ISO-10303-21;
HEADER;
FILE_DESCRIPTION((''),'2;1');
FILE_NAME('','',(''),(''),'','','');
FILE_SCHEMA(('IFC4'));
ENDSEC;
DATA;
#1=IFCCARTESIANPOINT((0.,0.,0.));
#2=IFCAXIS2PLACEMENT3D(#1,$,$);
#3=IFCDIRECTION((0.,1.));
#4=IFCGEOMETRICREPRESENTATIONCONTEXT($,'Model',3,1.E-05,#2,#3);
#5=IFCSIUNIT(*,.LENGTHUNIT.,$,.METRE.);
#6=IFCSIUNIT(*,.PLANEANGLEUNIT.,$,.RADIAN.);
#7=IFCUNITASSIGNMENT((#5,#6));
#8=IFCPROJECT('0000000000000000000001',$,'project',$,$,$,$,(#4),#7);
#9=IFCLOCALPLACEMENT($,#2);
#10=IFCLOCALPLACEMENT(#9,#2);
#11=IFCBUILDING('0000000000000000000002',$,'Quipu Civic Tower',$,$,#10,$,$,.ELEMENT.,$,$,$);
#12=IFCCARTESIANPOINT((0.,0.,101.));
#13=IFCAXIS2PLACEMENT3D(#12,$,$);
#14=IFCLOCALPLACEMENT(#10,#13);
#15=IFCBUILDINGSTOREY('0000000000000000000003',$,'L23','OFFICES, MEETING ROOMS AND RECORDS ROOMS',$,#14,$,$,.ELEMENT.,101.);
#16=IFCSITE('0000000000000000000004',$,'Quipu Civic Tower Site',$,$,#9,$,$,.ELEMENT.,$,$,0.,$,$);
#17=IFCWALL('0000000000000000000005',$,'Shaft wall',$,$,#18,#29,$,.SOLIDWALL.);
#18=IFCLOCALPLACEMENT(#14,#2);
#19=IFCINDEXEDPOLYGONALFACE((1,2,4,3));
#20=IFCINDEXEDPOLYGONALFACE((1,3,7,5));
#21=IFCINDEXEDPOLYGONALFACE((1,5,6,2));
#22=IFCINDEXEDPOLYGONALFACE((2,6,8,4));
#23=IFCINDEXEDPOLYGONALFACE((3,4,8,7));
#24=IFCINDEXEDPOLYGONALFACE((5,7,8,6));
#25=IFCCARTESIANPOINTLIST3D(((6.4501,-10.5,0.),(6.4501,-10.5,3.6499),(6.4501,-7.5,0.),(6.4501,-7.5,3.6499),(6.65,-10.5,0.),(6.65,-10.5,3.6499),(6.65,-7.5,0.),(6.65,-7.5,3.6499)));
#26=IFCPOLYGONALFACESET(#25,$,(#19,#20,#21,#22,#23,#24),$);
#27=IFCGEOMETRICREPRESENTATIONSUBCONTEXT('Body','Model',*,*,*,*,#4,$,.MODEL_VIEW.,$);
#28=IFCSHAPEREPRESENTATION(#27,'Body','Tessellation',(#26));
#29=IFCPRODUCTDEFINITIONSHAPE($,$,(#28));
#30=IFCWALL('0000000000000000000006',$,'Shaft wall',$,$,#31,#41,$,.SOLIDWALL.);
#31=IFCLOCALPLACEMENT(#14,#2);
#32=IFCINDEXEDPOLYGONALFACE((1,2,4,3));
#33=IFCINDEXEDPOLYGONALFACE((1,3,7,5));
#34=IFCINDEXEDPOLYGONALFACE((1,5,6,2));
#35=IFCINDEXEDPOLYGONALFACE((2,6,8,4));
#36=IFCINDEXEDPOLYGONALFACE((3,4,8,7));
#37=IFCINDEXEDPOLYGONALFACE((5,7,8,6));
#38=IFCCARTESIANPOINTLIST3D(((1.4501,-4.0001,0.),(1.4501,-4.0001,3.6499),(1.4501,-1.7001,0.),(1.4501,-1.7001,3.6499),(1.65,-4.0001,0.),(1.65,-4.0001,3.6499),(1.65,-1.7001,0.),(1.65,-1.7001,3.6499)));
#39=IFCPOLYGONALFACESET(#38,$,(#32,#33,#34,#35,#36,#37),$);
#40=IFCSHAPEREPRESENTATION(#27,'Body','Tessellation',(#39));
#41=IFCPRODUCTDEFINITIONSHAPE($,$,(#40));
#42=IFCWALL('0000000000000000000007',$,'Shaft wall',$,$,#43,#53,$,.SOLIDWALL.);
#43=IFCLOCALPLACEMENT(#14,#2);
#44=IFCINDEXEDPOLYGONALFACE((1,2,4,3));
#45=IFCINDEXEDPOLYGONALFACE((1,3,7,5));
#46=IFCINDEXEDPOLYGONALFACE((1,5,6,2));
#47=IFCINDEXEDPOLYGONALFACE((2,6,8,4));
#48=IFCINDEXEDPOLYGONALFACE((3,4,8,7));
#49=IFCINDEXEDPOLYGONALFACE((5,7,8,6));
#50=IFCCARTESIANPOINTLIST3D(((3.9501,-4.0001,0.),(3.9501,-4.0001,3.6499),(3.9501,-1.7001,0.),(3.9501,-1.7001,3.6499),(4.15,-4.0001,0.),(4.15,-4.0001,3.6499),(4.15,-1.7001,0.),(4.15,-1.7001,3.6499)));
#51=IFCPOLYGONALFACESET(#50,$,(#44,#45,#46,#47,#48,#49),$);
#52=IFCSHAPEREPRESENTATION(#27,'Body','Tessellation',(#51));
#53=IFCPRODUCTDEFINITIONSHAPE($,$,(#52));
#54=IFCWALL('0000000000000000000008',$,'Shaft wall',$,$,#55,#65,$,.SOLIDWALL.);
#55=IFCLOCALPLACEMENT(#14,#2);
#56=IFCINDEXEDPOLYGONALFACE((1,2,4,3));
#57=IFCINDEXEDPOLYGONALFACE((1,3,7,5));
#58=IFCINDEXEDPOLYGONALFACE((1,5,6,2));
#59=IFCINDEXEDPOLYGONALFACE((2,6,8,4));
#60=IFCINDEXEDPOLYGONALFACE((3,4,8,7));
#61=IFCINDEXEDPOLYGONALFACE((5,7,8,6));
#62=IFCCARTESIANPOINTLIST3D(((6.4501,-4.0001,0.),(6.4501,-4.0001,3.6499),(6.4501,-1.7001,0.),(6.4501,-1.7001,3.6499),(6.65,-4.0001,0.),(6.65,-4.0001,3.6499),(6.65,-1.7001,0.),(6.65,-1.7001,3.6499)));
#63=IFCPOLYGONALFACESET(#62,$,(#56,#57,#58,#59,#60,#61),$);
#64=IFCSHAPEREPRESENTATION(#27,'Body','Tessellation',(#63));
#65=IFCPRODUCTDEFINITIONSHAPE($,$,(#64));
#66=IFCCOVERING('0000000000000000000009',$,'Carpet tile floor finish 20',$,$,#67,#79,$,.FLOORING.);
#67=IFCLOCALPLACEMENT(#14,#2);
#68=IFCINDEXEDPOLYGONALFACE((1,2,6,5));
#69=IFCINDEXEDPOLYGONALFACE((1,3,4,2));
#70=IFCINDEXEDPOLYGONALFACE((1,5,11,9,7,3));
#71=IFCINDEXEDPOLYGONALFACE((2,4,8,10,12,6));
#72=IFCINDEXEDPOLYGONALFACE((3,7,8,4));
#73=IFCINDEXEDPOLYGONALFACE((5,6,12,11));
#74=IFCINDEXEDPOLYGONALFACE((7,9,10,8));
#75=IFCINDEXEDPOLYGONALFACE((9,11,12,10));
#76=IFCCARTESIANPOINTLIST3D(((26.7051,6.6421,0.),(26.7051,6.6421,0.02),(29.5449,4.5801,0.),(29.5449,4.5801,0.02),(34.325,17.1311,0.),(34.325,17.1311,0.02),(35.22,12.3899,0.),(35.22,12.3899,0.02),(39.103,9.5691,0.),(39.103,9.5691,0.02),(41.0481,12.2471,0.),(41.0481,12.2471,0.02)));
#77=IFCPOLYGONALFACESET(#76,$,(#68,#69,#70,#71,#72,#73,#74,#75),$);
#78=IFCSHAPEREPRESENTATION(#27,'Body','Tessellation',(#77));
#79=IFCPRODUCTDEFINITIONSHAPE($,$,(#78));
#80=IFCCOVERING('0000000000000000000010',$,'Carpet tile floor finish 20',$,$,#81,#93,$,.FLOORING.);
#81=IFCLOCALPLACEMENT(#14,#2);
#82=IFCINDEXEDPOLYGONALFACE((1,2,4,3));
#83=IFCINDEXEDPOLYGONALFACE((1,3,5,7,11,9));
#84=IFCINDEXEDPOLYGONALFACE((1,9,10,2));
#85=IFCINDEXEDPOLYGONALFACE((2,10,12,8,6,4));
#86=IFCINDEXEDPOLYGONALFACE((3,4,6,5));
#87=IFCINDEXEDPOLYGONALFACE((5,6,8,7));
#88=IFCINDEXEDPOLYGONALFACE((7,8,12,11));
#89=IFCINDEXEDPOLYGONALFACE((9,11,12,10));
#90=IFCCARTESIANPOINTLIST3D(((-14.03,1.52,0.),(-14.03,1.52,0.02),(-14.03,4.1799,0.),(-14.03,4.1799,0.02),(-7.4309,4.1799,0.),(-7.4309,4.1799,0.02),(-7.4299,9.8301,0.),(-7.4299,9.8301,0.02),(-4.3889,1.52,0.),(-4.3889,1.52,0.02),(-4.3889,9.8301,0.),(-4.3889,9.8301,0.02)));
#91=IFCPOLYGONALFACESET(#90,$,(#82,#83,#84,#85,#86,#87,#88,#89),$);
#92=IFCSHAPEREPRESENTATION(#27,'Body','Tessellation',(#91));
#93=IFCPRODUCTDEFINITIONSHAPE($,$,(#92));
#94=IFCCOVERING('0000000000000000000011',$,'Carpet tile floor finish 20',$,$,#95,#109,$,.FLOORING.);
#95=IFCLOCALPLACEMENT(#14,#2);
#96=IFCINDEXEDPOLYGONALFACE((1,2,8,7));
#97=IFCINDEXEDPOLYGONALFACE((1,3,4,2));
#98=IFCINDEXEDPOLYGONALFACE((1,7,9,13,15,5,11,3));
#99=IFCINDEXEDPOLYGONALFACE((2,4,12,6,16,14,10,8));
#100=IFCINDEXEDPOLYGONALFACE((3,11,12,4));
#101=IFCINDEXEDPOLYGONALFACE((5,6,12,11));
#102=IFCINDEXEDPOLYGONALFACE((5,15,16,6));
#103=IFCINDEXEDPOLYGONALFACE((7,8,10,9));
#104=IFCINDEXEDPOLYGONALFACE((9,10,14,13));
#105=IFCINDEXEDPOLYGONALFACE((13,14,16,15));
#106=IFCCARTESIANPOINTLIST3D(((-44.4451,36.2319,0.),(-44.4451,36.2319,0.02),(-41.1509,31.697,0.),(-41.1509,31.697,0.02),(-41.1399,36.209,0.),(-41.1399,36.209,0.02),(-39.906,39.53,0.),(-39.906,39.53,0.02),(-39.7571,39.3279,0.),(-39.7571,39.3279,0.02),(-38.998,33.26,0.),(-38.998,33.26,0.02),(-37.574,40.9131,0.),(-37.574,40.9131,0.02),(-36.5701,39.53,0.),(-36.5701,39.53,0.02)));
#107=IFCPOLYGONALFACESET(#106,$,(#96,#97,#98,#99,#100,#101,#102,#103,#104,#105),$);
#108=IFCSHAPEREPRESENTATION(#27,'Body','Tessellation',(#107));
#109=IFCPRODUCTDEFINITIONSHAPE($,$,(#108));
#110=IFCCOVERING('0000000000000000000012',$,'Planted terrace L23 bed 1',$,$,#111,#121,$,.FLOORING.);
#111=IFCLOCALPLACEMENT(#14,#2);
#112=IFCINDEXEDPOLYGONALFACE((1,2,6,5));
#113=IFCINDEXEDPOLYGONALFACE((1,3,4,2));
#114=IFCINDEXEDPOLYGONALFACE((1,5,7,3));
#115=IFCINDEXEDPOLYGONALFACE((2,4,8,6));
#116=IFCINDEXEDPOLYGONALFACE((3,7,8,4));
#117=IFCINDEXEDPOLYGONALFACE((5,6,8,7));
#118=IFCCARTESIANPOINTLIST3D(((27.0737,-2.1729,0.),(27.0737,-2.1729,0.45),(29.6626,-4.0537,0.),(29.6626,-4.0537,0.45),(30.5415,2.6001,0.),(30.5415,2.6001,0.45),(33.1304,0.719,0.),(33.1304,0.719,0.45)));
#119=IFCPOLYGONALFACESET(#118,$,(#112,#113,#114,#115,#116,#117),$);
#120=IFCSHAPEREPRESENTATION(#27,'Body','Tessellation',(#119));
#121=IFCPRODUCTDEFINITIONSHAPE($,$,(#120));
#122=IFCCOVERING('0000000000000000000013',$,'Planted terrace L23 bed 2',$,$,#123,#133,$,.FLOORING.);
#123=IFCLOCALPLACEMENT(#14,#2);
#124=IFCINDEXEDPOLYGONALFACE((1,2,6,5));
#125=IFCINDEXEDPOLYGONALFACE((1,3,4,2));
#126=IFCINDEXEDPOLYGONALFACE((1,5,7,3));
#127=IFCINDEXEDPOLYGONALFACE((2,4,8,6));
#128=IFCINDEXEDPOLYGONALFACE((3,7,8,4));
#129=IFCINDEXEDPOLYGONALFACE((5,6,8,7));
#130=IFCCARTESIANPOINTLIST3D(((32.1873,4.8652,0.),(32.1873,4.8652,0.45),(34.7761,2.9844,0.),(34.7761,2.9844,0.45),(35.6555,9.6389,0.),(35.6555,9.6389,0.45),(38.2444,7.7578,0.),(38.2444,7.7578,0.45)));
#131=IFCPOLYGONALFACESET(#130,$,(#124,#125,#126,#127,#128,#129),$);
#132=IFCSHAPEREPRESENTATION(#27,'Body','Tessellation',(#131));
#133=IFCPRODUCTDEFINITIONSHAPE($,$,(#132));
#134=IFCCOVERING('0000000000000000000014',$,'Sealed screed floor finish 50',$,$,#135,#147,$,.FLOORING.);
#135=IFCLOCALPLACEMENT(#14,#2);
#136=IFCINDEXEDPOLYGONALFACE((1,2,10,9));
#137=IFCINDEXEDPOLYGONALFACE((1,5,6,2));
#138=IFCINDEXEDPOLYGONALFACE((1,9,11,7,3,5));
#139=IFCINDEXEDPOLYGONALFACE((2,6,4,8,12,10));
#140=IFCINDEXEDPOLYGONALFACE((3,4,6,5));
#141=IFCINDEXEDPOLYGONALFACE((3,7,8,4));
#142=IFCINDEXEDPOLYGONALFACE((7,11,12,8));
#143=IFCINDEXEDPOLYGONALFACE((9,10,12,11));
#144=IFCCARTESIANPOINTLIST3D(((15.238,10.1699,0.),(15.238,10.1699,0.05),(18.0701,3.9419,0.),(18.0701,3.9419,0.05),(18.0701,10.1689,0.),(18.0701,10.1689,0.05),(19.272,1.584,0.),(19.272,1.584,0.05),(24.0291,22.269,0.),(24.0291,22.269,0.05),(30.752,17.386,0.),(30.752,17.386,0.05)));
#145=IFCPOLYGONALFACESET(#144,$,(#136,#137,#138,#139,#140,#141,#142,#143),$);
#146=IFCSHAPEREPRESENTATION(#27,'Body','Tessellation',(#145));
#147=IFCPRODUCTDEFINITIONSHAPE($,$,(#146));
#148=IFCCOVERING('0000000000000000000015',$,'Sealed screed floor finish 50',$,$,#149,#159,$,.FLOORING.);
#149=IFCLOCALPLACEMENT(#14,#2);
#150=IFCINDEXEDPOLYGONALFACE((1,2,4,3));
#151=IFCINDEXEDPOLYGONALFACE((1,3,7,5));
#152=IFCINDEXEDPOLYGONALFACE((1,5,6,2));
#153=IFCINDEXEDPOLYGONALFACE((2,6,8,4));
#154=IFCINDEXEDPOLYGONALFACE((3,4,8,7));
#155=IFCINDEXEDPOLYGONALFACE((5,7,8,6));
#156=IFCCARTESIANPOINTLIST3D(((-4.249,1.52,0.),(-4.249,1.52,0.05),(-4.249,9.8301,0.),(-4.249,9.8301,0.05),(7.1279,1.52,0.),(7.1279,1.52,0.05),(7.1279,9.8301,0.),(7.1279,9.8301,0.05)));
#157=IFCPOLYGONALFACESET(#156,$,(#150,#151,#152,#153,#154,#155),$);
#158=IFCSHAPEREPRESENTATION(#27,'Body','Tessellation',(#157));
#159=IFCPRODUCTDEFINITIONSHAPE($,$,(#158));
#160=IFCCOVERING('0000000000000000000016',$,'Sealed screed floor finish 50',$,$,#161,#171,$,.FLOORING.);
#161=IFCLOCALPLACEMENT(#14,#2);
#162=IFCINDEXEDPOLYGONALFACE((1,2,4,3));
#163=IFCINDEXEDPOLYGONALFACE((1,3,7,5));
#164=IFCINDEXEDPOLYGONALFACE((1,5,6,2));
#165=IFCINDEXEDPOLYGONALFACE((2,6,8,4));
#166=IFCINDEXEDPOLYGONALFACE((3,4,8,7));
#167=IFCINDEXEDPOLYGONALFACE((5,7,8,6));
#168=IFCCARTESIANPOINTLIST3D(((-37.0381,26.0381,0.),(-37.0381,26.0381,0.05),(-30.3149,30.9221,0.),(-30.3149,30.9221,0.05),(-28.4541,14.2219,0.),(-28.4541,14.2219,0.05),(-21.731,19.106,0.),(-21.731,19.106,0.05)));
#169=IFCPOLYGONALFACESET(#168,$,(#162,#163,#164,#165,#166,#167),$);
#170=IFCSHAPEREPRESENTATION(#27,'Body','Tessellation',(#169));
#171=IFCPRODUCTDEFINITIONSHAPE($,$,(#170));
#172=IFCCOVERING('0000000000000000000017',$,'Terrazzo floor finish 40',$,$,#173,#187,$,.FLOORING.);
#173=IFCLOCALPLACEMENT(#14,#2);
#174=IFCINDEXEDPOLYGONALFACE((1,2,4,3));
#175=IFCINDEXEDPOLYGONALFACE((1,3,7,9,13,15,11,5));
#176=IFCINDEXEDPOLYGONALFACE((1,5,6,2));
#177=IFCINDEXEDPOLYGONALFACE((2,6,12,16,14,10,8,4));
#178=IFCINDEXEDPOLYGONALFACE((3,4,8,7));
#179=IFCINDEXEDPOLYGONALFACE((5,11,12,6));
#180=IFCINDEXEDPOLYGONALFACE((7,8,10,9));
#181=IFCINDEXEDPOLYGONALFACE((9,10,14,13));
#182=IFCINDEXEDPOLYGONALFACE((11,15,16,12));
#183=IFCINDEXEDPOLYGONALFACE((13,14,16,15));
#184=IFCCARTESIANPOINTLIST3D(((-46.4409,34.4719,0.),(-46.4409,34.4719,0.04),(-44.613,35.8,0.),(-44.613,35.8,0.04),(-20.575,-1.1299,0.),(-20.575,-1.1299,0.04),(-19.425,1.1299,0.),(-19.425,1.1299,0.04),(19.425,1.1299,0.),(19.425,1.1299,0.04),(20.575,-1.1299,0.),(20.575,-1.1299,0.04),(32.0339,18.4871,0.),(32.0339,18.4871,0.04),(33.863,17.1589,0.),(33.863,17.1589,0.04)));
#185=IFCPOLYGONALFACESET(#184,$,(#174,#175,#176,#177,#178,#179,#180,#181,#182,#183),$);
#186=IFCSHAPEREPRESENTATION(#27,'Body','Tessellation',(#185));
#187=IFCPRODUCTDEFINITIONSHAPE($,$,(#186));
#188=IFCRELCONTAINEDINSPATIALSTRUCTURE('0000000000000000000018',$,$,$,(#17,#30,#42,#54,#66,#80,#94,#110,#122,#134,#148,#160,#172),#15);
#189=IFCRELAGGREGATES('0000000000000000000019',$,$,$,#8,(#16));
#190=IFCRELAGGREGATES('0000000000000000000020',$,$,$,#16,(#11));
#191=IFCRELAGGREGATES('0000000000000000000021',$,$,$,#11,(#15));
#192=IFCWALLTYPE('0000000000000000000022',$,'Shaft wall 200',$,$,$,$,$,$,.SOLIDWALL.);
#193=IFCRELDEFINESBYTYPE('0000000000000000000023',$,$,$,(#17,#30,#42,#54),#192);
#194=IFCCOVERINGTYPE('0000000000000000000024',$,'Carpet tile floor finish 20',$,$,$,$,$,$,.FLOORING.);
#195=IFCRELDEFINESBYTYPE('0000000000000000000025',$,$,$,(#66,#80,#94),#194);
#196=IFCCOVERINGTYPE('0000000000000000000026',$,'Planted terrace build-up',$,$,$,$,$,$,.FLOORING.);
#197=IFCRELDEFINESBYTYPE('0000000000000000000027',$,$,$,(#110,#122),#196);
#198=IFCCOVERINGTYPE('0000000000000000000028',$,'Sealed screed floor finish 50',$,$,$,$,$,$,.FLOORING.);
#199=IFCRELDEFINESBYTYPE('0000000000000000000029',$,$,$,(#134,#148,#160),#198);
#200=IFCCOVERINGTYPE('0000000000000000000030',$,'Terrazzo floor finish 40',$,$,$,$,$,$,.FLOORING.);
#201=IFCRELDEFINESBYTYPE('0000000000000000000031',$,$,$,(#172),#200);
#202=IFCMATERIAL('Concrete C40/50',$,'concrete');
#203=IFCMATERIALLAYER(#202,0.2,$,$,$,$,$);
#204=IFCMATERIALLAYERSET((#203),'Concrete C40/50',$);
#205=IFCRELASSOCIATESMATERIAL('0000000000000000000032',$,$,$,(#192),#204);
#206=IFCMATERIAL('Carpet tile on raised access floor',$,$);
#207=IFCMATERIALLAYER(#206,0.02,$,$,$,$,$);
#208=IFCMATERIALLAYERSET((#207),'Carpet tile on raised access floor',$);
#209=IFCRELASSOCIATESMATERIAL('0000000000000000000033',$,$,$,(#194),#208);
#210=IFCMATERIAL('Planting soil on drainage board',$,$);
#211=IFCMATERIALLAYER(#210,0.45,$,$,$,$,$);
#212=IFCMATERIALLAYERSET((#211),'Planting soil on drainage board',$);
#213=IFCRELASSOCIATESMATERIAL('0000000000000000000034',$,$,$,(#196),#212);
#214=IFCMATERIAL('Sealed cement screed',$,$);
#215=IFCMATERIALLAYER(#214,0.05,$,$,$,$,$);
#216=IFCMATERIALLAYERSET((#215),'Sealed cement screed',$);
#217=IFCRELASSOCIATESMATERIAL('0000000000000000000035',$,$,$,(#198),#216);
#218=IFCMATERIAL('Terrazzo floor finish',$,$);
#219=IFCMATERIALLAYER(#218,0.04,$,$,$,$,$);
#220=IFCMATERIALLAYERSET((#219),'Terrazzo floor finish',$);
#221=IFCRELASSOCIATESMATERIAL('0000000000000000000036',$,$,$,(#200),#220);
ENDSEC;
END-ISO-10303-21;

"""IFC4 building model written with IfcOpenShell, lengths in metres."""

from ifc_helpers import new_model, si_unit, direction, frame, frame_2d, origin, place, context, subcontext, project, spatial, polyline, rectangle, outline, extrude, material, layer, layer_set, type_object, element, save


model = new_model("IFC4")

# Units and contexts
model_context = context("Model", 3, precision=1e-05, world=origin(), true_north=direction((0.0, 1.0)))
body_context = subcontext(model_context, "Body", "Model", "MODEL_VIEW")
ifc_project = project(units=[si_unit("LENGTHUNIT", "METRE"), si_unit("PLANEANGLEUNIT", "RADIAN")], contexts=[model_context])

# Site, building, storey
site_placement = place(None, origin())
site = spatial("IfcSite", under=ifc_project, at=site_placement, Name="Quipu Civic Tower Site", CompositionType="ELEMENT", RefElevation=0.0)
building_placement = place(site_placement, origin())
building = spatial("IfcBuilding", under=site, at=building_placement, Name="Quipu Civic Tower", CompositionType="ELEMENT")
storey_placement = place(building_placement, frame((0.0, 0.0, 101.0)))
storey = spatial("IfcBuildingStorey", under=building, at=storey_placement, Name="L23", Description="OFFICES, MEETING ROOMS AND RECORDS ROOMS", CompositionType="ELEMENT", Elevation=101.0)

# Walls
ifc_material_1 = material(Name="Concrete C40/50", Category="concrete")
ifc_layer_1 = layer(ifc_material_1, 0.2)
ifc_layer_set_1 = layer_set([ifc_layer_1], Name="Concrete C40/50")
wall_type_1 = type_object("IfcWallType", Name="Shaft wall 200", PredefinedType="SOLIDWALL", material=ifc_layer_set_1)
for number, where, z_axis, x_axis, name in (
    (1, (6.55, -10.5, 0.0), (0.0, 0.0, 1.0), (0.0, 1.0, 0.0), "Shaft wall"),
):
    element("IfcWall", number, at=place(storey_placement, frame(where, z_axis=z_axis, x_axis=x_axis)), inside=storey, type_object=wall_type_1, Name=name, PredefinedType="SOLIDWALL", context=body_context, shape_type="SweptSolid", body=[
        extrude(rectangle(XDim=3.0, YDim=0.2, at=frame_2d((1.5, 0.0))), origin(), (0.0, 0.0, 1.0), 3.6499),
    ])
for number, where, z_axis, x_axis, name in (
    (2, (1.55, -4.0, 0.0), (0.0, 0.0, 1.0), (0.0, 1.0, 0.0), "Shaft wall"),
    (3, (4.05, -4.0, 0.0), (0.0, 0.0, 1.0), (0.0, 1.0, 0.0), "Shaft wall"),
    (4, (6.55, -4.0, 0.0), (0.0, 0.0, 1.0), (0.0, 1.0, 0.0), "Shaft wall"),
):
    element("IfcWall", number, at=place(storey_placement, frame(where, z_axis=z_axis, x_axis=x_axis)), inside=storey, type_object=wall_type_1, Name=name, PredefinedType="SOLIDWALL", context=body_context, shape_type="SweptSolid", body=[
        extrude(rectangle(XDim=2.3, YDim=0.2, at=frame_2d((1.1499, 0.0))), origin(), (0.0, 0.0, 1.0), 3.6499),
    ])

# Coverings
ifc_material_2 = material(Name="Carpet tile on raised access floor")
ifc_layer_2 = layer(ifc_material_2, 0.02)
ifc_layer_set_2 = layer_set([ifc_layer_2], Name="Carpet tile on raised access floor")
covering_type_1 = type_object("IfcCoveringType", Name="Carpet tile floor finish 20", PredefinedType="FLOORING", material=ifc_layer_set_2)
covering_1_placement = place(storey_placement, origin())
element("IfcCovering", 5, at=covering_1_placement, inside=storey, type_object=covering_type_1, Name="Carpet tile floor finish 20", PredefinedType="FLOORING", context=body_context, shape_type="SweptSolid", body=[
    extrude(outline(polyline([(26.7051, 6.6421), (34.325, 17.1311), (41.0481, 12.2471), (39.103, 9.5691), (35.22, 12.3899), (29.5449, 4.5801), (26.7051, 6.6421)])), origin(), (0.0, 0.0, 1.0), 0.02),
])
covering_2_placement = place(storey_placement, origin())
element("IfcCovering", 6, at=covering_2_placement, inside=storey, type_object=covering_type_1, Name="Carpet tile floor finish 20", PredefinedType="FLOORING", context=body_context, shape_type="SweptSolid", body=[
    extrude(outline(polyline([(-14.03, 4.1799), (-7.4309, 4.1799), (-7.4299, 9.8301), (-4.3889, 9.8301), (-4.3889, 1.52), (-14.03, 1.52), (-14.03, 4.1799)])), origin(), (0.0, 0.0, 1.0), 0.02),
])
covering_3_placement = place(storey_placement, origin())
element("IfcCovering", 7, at=covering_3_placement, inside=storey, type_object=covering_type_1, Name="Carpet tile floor finish 20", PredefinedType="FLOORING", context=body_context, shape_type="SweptSolid", body=[
    extrude(outline(polyline([(-44.4451, 36.2319), (-39.906, 39.53), (-39.7571, 39.3279), (-37.574, 40.9131), (-36.5701, 39.53), (-41.1399, 36.209), (-38.998, 33.26), (-41.1509, 31.697), (-44.4451, 36.2319)])), origin(), (0.0, 0.0, 1.0), 0.02),
])
ifc_material_3 = material(Name="Planting soil on drainage board")
ifc_layer_3 = layer(ifc_material_3, 0.45)
ifc_layer_set_3 = layer_set([ifc_layer_3], Name="Planting soil on drainage board")
covering_type_2 = type_object("IfcCoveringType", Name="Planted terrace build-up", PredefinedType="FLOORING", material=ifc_layer_set_3)
covering_4_placement = place(storey_placement, origin())
element("IfcCovering", 8, at=covering_4_placement, inside=storey, type_object=covering_type_2, Name="Planted terrace L23 bed 1", PredefinedType="FLOORING", context=body_context, shape_type="SweptSolid", body=[
    extrude(outline(polyline([(30.5415, 2.6001), (33.1304, 0.719), (29.6626, -4.0537), (27.0737, -2.1729), (30.5415, 2.6001)])), origin(), (0.0, 0.0, 1.0), 0.45),
])
covering_5_placement = place(storey_placement, origin())
element("IfcCovering", 9, at=covering_5_placement, inside=storey, type_object=covering_type_2, Name="Planted terrace L23 bed 2", PredefinedType="FLOORING", context=body_context, shape_type="SweptSolid", body=[
    extrude(outline(polyline([(35.6555, 9.6389), (38.2444, 7.7578), (34.7761, 2.9844), (32.1873, 4.8652), (35.6555, 9.6389)])), origin(), (0.0, 0.0, 1.0), 0.45),
])
ifc_material_4 = material(Name="Sealed cement screed")
ifc_layer_4 = layer(ifc_material_4, 0.05)
ifc_layer_set_4 = layer_set([ifc_layer_4], Name="Sealed cement screed")
covering_type_3 = type_object("IfcCoveringType", Name="Sealed screed floor finish 50", PredefinedType="FLOORING", material=ifc_layer_set_4)
covering_6_placement = place(storey_placement, origin())
element("IfcCovering", 10, at=covering_6_placement, inside=storey, type_object=covering_type_3, Name="Sealed screed floor finish 50", PredefinedType="FLOORING", context=body_context, shape_type="SweptSolid", body=[
    extrude(outline(polyline([(15.238, 10.1699), (24.0291, 22.269), (30.752, 17.386), (19.272, 1.584), (18.0701, 3.9419), (18.0701, 10.1689), (15.238, 10.1699)])), origin(), (0.0, 0.0, 1.0), 0.05),
])
covering_7_placement = place(storey_placement, origin())
element("IfcCovering", 11, at=covering_7_placement, inside=storey, type_object=covering_type_3, Name="Sealed screed floor finish 50", PredefinedType="FLOORING", context=body_context, shape_type="SweptSolid", body=[
    extrude(outline(polyline([(-4.249, 1.52), (-4.249, 9.8301), (7.1279, 9.8301), (7.1279, 1.52), (-4.249, 1.52)])), origin(), (0.0, 0.0, 1.0), 0.05),
])
covering_8_placement = place(storey_placement, origin())
element("IfcCovering", 12, at=covering_8_placement, inside=storey, type_object=covering_type_3, Name="Sealed screed floor finish 50", PredefinedType="FLOORING", context=body_context, shape_type="SweptSolid", body=[
    extrude(outline(polyline([(-37.0381, 26.0381), (-30.3149, 30.9221), (-21.731, 19.106), (-28.4541, 14.2219), (-37.0381, 26.0381)])), origin(), (0.0, 0.0, 1.0), 0.05),
])
ifc_material_5 = material(Name="Terrazzo floor finish")
ifc_layer_5 = layer(ifc_material_5, 0.04)
ifc_layer_set_5 = layer_set([ifc_layer_5], Name="Terrazzo floor finish")
covering_type_4 = type_object("IfcCoveringType", Name="Terrazzo floor finish 40", PredefinedType="FLOORING", material=ifc_layer_set_5)
covering_9_placement = place(storey_placement, origin())
element("IfcCovering", 13, at=covering_9_placement, inside=storey, type_object=covering_type_4, Name="Terrazzo floor finish 40", PredefinedType="FLOORING", context=body_context, shape_type="SweptSolid", body=[
    extrude(outline(polyline([(20.575, -1.1299), (-20.575, -1.1299), (-46.4409, 34.4719), (-44.613, 35.8), (-19.425, 1.1299), (19.425, 1.1299), (32.0339, 18.4871), (33.863, 17.1589), (20.575, -1.1299)])), origin(), (0.0, 0.0, 1.0), 0.04),
])

save(model, "model.ifc")
